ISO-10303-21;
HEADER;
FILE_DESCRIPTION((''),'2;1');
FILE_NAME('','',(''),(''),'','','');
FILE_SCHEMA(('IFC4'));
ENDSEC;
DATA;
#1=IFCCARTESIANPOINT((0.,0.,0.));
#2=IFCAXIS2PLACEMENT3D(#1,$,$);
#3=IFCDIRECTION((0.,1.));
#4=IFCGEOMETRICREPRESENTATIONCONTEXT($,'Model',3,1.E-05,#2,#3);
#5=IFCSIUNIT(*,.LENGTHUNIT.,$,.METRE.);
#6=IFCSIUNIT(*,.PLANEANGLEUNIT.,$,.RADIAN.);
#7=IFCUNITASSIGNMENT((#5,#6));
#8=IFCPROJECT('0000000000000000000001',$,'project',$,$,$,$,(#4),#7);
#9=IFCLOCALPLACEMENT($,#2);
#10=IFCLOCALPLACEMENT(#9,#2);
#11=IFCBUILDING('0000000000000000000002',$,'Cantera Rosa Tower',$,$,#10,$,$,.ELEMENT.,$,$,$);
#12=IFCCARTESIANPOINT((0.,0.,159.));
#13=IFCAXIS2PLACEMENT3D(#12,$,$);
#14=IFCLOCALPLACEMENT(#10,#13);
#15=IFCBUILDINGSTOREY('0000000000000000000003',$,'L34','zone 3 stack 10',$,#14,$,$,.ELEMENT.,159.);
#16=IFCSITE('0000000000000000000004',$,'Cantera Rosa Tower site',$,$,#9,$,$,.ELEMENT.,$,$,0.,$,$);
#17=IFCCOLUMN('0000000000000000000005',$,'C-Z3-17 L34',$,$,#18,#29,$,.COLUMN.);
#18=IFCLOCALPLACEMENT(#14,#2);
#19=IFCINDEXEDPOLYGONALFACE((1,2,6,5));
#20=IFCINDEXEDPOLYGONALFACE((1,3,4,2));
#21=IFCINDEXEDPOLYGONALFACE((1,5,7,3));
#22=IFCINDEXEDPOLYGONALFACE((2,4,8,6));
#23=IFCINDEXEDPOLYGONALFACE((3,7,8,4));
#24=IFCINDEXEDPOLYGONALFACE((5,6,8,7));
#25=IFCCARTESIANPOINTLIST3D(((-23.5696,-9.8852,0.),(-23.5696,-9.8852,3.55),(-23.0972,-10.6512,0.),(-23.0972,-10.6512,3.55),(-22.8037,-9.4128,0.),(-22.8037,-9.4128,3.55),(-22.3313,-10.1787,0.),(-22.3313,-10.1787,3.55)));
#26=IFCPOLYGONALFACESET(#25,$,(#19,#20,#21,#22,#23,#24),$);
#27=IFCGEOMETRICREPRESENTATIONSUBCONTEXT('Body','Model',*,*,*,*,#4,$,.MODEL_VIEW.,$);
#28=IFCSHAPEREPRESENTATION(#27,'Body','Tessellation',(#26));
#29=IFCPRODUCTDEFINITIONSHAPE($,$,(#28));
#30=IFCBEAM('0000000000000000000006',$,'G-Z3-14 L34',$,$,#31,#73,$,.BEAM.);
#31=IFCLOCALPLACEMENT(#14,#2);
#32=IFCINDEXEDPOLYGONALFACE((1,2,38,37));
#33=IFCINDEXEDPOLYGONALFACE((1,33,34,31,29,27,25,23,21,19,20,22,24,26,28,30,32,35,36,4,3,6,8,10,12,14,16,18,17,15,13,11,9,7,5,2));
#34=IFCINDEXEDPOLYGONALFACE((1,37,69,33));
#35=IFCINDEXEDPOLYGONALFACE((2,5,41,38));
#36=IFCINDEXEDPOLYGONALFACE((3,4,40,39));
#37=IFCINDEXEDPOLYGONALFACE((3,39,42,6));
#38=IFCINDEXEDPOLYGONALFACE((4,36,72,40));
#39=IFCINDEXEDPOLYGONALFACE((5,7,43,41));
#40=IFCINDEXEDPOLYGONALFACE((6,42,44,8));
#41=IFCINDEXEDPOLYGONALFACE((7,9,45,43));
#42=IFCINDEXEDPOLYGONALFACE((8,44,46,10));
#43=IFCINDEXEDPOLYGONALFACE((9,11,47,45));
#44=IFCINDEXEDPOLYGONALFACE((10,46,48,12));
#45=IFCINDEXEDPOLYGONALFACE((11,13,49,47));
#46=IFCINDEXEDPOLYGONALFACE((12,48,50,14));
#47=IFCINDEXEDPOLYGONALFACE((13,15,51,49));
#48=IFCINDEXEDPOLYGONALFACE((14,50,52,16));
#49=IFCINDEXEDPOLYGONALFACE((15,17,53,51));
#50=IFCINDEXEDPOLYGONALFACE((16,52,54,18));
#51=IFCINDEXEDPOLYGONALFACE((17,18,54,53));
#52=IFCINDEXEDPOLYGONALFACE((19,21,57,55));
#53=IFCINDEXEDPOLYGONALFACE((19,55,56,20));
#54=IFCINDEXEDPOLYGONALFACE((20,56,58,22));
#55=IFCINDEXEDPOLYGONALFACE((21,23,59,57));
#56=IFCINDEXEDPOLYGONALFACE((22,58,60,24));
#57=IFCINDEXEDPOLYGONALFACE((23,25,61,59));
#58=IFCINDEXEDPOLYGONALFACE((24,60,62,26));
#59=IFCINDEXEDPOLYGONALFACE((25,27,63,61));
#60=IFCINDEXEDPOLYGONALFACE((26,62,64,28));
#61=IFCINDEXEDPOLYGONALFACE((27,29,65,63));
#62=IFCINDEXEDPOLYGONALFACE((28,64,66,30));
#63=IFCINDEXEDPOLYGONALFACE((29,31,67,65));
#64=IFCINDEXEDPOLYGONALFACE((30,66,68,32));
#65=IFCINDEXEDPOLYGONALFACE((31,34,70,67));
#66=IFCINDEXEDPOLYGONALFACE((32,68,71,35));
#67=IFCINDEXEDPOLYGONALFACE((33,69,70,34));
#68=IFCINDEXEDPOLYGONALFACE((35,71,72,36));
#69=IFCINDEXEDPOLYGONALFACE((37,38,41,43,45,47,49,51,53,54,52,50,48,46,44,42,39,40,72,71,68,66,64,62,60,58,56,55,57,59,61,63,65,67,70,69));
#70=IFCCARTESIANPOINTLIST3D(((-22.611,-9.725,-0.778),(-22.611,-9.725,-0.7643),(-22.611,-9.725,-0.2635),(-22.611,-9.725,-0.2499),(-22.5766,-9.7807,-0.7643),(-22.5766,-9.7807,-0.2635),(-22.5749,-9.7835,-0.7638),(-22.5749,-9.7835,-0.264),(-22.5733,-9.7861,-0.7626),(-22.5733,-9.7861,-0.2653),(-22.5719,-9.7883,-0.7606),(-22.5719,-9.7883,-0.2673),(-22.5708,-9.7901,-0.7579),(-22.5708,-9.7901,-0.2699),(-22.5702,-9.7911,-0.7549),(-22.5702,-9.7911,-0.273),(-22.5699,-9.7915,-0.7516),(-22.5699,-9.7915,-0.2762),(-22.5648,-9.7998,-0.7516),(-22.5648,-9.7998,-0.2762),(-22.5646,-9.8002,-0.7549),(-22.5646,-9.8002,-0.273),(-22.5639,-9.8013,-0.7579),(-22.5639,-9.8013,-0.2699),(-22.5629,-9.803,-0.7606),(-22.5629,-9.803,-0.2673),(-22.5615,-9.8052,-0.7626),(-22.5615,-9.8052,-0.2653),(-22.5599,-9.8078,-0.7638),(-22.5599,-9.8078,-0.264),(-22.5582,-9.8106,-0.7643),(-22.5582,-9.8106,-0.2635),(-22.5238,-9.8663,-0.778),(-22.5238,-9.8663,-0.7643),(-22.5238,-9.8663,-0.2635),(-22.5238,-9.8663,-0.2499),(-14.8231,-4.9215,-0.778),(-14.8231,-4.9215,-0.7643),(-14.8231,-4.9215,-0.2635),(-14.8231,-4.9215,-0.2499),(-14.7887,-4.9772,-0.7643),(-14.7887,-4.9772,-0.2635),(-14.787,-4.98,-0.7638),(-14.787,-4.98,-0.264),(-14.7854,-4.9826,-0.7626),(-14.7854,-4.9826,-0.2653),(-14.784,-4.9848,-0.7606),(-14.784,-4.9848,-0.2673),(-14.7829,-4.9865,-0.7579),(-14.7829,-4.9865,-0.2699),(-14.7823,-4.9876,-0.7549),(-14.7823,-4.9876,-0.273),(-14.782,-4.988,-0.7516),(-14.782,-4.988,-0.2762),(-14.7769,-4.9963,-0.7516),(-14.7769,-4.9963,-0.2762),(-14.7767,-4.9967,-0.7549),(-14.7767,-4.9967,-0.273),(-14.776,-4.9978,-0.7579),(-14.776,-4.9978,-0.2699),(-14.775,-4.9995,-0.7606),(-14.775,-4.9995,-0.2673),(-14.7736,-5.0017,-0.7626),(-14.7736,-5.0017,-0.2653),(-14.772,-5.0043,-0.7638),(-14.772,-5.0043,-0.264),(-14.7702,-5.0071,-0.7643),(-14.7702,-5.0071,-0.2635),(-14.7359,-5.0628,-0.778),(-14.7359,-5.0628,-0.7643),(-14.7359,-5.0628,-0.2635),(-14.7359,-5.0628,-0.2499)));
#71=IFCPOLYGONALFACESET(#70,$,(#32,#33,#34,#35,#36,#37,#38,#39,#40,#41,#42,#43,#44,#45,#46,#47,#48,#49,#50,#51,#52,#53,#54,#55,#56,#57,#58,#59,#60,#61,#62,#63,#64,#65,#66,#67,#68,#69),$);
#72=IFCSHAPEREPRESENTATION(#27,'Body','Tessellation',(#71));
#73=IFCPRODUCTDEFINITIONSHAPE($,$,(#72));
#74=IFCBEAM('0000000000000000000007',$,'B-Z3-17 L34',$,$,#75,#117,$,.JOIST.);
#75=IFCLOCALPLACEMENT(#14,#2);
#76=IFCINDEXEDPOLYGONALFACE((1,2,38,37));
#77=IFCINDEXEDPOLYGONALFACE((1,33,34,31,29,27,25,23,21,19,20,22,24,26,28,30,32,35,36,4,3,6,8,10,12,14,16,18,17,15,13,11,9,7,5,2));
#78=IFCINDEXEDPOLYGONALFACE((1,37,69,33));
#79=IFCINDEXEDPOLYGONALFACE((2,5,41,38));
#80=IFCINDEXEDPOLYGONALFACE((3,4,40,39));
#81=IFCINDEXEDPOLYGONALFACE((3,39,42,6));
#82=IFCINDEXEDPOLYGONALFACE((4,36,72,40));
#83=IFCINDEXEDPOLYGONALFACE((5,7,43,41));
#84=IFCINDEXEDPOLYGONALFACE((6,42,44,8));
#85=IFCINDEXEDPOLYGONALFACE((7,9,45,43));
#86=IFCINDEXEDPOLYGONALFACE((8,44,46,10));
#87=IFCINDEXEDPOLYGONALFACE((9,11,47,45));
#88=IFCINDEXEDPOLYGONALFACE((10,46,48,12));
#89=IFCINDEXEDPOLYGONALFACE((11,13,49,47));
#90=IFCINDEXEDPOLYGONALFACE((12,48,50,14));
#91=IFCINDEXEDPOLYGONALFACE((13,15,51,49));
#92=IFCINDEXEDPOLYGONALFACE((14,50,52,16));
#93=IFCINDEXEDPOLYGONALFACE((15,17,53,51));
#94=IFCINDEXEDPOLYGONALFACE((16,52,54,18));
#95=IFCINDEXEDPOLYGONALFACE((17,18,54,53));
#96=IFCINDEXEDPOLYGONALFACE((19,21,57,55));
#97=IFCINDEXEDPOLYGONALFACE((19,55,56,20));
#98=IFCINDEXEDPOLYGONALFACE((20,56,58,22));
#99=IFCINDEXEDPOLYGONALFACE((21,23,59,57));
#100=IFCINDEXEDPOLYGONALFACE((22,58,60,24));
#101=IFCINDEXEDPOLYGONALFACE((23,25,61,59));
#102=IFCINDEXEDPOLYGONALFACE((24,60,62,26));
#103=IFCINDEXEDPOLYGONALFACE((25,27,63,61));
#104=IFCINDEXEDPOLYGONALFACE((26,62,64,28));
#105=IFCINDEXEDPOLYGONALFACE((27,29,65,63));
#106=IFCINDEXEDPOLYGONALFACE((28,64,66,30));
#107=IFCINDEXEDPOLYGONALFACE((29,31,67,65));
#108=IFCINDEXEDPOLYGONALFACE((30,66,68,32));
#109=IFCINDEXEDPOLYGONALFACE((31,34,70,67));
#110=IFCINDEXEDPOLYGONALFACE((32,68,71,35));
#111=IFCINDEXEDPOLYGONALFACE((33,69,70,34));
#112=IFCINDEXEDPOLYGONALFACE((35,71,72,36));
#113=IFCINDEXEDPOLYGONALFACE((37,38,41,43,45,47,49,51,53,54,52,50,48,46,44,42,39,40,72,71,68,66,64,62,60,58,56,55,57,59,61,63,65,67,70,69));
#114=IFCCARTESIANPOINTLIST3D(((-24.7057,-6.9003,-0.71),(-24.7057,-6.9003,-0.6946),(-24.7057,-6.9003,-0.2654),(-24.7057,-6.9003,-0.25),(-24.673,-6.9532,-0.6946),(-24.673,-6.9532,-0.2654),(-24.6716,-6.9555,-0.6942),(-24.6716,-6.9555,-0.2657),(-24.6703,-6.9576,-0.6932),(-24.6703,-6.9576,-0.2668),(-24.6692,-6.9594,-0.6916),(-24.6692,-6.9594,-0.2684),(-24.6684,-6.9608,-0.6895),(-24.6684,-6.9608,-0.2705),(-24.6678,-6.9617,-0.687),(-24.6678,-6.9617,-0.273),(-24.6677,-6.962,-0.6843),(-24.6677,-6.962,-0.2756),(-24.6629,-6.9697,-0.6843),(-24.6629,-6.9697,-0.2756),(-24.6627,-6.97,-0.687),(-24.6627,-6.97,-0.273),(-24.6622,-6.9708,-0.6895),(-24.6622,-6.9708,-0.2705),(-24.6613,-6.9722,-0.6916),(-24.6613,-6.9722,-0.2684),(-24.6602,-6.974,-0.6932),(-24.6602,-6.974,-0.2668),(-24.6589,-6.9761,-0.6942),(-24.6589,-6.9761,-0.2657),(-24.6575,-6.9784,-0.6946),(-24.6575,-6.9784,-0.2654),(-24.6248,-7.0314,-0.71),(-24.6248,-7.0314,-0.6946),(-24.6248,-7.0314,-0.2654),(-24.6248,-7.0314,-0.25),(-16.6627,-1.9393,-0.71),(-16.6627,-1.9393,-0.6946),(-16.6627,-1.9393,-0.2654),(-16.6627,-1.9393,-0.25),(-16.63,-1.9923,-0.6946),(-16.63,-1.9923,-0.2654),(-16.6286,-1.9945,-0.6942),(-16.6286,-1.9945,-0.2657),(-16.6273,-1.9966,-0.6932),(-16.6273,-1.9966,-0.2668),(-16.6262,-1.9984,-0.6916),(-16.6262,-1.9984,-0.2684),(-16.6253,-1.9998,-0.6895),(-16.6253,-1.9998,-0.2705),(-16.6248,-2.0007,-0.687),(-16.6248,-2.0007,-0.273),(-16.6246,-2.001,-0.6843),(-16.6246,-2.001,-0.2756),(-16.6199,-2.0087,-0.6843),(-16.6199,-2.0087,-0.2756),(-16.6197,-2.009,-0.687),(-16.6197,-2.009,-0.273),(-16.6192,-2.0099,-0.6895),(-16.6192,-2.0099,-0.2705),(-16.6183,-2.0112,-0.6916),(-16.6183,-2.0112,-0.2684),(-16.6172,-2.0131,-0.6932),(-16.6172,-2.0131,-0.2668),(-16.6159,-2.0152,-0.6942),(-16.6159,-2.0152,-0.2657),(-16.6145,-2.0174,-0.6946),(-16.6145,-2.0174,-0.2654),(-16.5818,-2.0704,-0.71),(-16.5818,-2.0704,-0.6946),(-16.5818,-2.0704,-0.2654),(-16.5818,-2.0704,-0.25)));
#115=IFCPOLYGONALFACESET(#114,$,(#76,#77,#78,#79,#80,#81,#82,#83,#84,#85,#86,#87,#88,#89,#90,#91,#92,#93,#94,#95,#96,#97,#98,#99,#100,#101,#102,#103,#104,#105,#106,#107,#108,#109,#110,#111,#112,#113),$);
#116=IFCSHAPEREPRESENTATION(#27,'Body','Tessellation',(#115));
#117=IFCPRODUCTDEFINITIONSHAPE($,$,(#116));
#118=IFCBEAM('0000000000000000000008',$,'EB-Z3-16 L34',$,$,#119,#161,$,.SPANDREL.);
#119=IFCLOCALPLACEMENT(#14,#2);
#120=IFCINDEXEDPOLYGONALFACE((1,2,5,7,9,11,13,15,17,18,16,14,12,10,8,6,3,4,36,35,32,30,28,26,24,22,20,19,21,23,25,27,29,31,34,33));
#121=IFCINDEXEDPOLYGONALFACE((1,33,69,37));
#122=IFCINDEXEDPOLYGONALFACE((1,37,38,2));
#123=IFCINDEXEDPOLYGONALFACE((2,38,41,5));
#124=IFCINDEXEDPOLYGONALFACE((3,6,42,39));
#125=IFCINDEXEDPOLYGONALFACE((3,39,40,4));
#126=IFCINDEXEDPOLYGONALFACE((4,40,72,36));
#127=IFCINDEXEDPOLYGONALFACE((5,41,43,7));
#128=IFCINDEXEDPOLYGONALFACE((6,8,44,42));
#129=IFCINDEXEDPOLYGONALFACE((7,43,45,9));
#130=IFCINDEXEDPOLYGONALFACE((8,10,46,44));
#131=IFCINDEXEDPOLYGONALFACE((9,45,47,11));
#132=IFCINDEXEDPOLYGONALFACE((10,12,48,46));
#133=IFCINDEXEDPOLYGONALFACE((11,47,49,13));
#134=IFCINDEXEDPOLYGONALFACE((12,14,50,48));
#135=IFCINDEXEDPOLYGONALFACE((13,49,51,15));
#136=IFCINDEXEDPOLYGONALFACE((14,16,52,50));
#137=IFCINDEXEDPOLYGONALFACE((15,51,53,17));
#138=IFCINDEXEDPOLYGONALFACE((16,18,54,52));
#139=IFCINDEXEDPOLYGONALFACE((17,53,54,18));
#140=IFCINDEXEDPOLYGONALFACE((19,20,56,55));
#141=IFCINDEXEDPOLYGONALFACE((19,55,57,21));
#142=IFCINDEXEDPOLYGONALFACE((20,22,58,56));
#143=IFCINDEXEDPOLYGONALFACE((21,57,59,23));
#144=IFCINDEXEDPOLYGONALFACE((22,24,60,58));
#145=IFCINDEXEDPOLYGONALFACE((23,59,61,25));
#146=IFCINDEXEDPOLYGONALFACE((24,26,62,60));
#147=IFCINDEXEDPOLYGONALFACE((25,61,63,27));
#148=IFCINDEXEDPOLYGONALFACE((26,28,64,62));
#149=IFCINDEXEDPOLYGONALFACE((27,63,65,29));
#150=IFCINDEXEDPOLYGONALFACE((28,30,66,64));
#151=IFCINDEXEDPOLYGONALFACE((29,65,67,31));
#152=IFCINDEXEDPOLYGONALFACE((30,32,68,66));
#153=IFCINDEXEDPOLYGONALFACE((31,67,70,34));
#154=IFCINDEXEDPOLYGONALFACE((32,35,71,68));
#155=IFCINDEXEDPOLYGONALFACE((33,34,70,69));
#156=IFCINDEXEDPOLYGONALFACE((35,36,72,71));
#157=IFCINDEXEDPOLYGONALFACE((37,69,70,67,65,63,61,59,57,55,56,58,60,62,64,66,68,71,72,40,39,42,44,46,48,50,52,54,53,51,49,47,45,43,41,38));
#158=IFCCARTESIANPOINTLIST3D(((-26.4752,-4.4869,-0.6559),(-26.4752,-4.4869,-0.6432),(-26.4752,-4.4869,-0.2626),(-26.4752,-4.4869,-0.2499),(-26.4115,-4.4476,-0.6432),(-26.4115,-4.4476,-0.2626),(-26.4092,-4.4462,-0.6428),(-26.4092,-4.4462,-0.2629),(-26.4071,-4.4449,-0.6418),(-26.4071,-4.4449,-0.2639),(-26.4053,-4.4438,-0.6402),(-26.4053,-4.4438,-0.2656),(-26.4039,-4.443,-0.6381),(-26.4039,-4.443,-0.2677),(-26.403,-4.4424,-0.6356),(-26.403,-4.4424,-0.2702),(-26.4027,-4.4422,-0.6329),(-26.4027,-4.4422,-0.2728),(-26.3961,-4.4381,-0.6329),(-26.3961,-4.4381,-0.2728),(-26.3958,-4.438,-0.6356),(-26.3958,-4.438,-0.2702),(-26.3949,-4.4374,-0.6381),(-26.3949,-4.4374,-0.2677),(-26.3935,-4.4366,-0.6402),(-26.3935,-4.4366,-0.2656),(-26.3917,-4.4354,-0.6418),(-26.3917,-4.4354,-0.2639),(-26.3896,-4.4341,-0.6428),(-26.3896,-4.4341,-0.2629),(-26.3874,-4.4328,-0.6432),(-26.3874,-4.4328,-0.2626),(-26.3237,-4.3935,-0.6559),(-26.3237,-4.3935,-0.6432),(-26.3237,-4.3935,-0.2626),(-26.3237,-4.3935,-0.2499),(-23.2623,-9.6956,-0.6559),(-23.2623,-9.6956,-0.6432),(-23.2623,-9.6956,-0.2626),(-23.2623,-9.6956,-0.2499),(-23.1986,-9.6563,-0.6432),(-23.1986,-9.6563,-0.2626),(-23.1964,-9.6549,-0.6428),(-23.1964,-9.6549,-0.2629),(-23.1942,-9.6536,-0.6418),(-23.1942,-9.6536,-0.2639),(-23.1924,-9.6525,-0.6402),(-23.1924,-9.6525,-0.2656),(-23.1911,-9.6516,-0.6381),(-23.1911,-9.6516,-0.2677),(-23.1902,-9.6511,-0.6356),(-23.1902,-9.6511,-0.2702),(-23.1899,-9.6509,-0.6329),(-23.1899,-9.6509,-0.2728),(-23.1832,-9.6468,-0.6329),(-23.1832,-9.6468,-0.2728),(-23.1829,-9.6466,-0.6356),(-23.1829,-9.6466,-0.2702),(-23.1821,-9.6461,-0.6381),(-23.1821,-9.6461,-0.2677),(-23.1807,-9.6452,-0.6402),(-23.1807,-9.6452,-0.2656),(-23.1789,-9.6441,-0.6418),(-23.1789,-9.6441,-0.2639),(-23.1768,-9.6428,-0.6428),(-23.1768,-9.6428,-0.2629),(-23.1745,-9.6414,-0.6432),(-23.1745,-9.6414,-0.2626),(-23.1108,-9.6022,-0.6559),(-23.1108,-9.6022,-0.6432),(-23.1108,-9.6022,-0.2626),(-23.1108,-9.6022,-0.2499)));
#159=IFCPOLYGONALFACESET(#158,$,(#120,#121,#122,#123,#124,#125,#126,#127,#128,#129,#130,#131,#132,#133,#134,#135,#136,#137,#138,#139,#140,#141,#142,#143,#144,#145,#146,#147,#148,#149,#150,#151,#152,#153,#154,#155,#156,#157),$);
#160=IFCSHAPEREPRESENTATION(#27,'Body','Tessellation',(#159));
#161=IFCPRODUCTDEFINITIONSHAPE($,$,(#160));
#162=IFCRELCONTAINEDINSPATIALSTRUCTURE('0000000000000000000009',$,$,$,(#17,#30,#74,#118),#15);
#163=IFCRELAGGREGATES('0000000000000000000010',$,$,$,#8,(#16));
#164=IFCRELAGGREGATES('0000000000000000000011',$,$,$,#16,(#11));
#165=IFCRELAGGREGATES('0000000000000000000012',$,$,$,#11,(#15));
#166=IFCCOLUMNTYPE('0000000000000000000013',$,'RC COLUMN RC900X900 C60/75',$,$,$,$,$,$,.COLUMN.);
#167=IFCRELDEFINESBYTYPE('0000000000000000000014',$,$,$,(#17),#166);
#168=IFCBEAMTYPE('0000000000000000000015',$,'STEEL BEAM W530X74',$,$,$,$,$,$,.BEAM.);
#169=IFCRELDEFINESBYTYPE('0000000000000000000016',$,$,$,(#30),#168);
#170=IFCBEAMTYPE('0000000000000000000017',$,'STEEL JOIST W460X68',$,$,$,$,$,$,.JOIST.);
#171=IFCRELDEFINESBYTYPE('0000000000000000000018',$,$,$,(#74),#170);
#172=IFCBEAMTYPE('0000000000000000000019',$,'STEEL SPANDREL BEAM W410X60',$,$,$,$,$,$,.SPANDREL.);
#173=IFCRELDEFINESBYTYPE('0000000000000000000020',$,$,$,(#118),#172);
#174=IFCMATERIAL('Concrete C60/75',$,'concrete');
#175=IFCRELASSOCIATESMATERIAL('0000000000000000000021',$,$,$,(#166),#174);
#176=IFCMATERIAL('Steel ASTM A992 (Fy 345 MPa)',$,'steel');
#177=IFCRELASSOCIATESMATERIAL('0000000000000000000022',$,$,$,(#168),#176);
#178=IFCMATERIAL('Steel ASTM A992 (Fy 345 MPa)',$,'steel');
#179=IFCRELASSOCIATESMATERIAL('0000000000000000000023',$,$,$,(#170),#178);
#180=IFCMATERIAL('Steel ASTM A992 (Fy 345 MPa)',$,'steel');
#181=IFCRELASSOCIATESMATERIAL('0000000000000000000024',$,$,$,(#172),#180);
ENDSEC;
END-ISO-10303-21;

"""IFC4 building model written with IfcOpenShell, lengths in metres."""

from ifc_helpers import new_model, si_unit, direction, frame, origin, origin_2d, place, context, subcontext, project, spatial, rectangle, i_section, extrude, material, material_profile, profile_set, type_object, element, save


model = new_model("IFC4")

# Units and contexts
model_context = context("Model", 3, precision=1e-05, world=origin(), true_north=direction((0.0, 1.0)))
body_context = subcontext(model_context, "Body", "Model", "MODEL_VIEW")
ifc_project = project(units=[si_unit("LENGTHUNIT", "METRE"), si_unit("PLANEANGLEUNIT", "RADIAN")], contexts=[model_context])

# Site, building, storey
site_placement = place(None, origin())
site = spatial("IfcSite", under=ifc_project, at=site_placement, Name="Cantera Rosa Tower site", CompositionType="ELEMENT", RefElevation=0.0)
building_placement = place(site_placement, origin())
building = spatial("IfcBuilding", under=site, at=building_placement, Name="Cantera Rosa Tower", CompositionType="ELEMENT")
storey_placement = place(building_placement, frame((0.0, 0.0, 159.0)))
storey = spatial("IfcBuildingStorey", under=building, at=storey_placement, Name="L34", Description="zone 3 stack 10", CompositionType="ELEMENT", Elevation=159.0)

# Column
ifc_material_1 = material(Name="Concrete C60/75", Category="concrete")
ifc_material_profile_1 = material_profile(ifc_material_1, rectangle(XDim=0.8999, YDim=0.8999, at=origin_2d()), Name="RC COLUMN RC900X900 C60/75")
ifc_profile_set_1 = profile_set([ifc_material_profile_1], Name="Concrete C60/75")
column_type = type_object("IfcColumnType", Name="RC COLUMN RC900X900 C60/75", PredefinedType="COLUMN", material=ifc_profile_set_1)
column_placement = place(storey_placement, frame((-22.9504, -10.032, 0.0), z_axis=(0.0, 0.0, 1.0), x_axis=(0.851117, 0.524977, 0.0)))
element("IfcColumn", 1, at=column_placement, inside=storey, type_object=column_type, Name="C-Z3-17 L34", PredefinedType="COLUMN", context=body_context, shape_type="SweptSolid", body=[
    extrude(rectangle(XDim=0.8999, YDim=0.8999, at=origin_2d()), origin(), (0.0, 0.0, 1.0), 3.55),
])

# Beams
ifc_material_2 = material(Name="Steel ASTM A992 (Fy 345 MPa)", Category="steel")
ifc_material_profile_2 = material_profile(ifc_material_2, i_section(OverallWidth=0.166, OverallDepth=0.5281, WebThickness=0.0098, FlangeThickness=0.0137, FilletRadius=0.0127, at=origin_2d()), Name="W530X74")
ifc_profile_set_2 = profile_set([ifc_material_profile_2], Name="Steel ASTM A992 (Fy 345 MPa)")
beam_type_1 = type_object("IfcBeamType", Name="STEEL BEAM W530X74", PredefinedType="BEAM", material=ifc_profile_set_2)
beam_1_placement = place(storey_placement, frame((-22.5674, -9.7957, -0.5139), z_axis=(0.851124, 0.524965, 0.0), x_axis=(-0.524965, 0.851124, 0.0)))
element("IfcBeam", 2, at=beam_1_placement, inside=storey, type_object=beam_type_1, Name="G-Z3-14 L34", PredefinedType="BEAM", context=body_context, shape_type="SweptSolid", body=[
    extrude(i_section(OverallWidth=0.166, OverallDepth=0.5281, WebThickness=0.0098, FlangeThickness=0.0137, FilletRadius=0.0127, at=origin_2d()), origin(), (0.0, 0.0, 1.0), 9.1501),
])
ifc_material_3 = material(Name="Steel ASTM A992 (Fy 345 MPa)", Category="steel")
ifc_material_profile_3 = material_profile(ifc_material_3, i_section(OverallWidth=0.1541, OverallDepth=0.46, WebThickness=0.009, FlangeThickness=0.0154, FilletRadius=0.0103, at=origin_2d()), Name="W460X68")
ifc_profile_set_3 = profile_set([ifc_material_profile_3], Name="Steel ASTM A992 (Fy 345 MPa)")
beam_type_2 = type_object("IfcBeamType", Name="STEEL JOIST W460X68", PredefinedType="JOIST", material=ifc_profile_set_3)
beam_2_placement = place(storey_placement, frame((-24.6653, -6.9658, -0.48), z_axis=(0.851119, 0.524974, 0.0), x_axis=(-0.524974, 0.851119, 0.0)))
element("IfcBeam", 3, at=beam_2_placement, inside=storey, type_object=beam_type_2, Name="B-Z3-17 L34", PredefinedType="JOIST", context=body_context, shape_type="SweptSolid", body=[
    extrude(i_section(OverallWidth=0.1541, OverallDepth=0.46, WebThickness=0.009, FlangeThickness=0.0154, FilletRadius=0.0103, at=origin_2d()), origin(), (0.0, 0.0, 1.0), 9.45),
])
ifc_material_4 = material(Name="Steel ASTM A992 (Fy 345 MPa)", Category="steel")
ifc_material_profile_4 = material_profile(ifc_material_4, i_section(OverallWidth=0.178, OverallDepth=0.406, WebThickness=0.0078, FlangeThickness=0.0127, FilletRadius=0.0103, at=origin_2d()), Name="W410X60")
ifc_profile_set_4 = profile_set([ifc_material_profile_4], Name="Steel ASTM A992 (Fy 345 MPa)")
beam_type_3 = type_object("IfcBeamType", Name="STEEL SPANDREL BEAM W410X60", PredefinedType="SPANDREL", material=ifc_profile_set_4)
for number, where, z_axis, x_axis, name in (
    (4, (-26.3994, -4.4402, -0.4529), (0.524987, -0.85111, 0.0), (0.85111, 0.524987, 0.0), "EB-Z3-16 L34"),
):
    element("IfcBeam", number, at=place(storey_placement, frame(where, z_axis=z_axis, x_axis=x_axis)), inside=storey, type_object=beam_type_3, Name=name, PredefinedType="SPANDREL", context=body_context, shape_type="SweptSolid", body=[
        extrude(i_section(OverallWidth=0.178, OverallDepth=0.406, WebThickness=0.0078, FlangeThickness=0.0127, FilletRadius=0.0103, at=origin_2d()), origin(), (0.0, 0.0, 1.0), 6.1199),
    ])

save(model, "model.ifc")
